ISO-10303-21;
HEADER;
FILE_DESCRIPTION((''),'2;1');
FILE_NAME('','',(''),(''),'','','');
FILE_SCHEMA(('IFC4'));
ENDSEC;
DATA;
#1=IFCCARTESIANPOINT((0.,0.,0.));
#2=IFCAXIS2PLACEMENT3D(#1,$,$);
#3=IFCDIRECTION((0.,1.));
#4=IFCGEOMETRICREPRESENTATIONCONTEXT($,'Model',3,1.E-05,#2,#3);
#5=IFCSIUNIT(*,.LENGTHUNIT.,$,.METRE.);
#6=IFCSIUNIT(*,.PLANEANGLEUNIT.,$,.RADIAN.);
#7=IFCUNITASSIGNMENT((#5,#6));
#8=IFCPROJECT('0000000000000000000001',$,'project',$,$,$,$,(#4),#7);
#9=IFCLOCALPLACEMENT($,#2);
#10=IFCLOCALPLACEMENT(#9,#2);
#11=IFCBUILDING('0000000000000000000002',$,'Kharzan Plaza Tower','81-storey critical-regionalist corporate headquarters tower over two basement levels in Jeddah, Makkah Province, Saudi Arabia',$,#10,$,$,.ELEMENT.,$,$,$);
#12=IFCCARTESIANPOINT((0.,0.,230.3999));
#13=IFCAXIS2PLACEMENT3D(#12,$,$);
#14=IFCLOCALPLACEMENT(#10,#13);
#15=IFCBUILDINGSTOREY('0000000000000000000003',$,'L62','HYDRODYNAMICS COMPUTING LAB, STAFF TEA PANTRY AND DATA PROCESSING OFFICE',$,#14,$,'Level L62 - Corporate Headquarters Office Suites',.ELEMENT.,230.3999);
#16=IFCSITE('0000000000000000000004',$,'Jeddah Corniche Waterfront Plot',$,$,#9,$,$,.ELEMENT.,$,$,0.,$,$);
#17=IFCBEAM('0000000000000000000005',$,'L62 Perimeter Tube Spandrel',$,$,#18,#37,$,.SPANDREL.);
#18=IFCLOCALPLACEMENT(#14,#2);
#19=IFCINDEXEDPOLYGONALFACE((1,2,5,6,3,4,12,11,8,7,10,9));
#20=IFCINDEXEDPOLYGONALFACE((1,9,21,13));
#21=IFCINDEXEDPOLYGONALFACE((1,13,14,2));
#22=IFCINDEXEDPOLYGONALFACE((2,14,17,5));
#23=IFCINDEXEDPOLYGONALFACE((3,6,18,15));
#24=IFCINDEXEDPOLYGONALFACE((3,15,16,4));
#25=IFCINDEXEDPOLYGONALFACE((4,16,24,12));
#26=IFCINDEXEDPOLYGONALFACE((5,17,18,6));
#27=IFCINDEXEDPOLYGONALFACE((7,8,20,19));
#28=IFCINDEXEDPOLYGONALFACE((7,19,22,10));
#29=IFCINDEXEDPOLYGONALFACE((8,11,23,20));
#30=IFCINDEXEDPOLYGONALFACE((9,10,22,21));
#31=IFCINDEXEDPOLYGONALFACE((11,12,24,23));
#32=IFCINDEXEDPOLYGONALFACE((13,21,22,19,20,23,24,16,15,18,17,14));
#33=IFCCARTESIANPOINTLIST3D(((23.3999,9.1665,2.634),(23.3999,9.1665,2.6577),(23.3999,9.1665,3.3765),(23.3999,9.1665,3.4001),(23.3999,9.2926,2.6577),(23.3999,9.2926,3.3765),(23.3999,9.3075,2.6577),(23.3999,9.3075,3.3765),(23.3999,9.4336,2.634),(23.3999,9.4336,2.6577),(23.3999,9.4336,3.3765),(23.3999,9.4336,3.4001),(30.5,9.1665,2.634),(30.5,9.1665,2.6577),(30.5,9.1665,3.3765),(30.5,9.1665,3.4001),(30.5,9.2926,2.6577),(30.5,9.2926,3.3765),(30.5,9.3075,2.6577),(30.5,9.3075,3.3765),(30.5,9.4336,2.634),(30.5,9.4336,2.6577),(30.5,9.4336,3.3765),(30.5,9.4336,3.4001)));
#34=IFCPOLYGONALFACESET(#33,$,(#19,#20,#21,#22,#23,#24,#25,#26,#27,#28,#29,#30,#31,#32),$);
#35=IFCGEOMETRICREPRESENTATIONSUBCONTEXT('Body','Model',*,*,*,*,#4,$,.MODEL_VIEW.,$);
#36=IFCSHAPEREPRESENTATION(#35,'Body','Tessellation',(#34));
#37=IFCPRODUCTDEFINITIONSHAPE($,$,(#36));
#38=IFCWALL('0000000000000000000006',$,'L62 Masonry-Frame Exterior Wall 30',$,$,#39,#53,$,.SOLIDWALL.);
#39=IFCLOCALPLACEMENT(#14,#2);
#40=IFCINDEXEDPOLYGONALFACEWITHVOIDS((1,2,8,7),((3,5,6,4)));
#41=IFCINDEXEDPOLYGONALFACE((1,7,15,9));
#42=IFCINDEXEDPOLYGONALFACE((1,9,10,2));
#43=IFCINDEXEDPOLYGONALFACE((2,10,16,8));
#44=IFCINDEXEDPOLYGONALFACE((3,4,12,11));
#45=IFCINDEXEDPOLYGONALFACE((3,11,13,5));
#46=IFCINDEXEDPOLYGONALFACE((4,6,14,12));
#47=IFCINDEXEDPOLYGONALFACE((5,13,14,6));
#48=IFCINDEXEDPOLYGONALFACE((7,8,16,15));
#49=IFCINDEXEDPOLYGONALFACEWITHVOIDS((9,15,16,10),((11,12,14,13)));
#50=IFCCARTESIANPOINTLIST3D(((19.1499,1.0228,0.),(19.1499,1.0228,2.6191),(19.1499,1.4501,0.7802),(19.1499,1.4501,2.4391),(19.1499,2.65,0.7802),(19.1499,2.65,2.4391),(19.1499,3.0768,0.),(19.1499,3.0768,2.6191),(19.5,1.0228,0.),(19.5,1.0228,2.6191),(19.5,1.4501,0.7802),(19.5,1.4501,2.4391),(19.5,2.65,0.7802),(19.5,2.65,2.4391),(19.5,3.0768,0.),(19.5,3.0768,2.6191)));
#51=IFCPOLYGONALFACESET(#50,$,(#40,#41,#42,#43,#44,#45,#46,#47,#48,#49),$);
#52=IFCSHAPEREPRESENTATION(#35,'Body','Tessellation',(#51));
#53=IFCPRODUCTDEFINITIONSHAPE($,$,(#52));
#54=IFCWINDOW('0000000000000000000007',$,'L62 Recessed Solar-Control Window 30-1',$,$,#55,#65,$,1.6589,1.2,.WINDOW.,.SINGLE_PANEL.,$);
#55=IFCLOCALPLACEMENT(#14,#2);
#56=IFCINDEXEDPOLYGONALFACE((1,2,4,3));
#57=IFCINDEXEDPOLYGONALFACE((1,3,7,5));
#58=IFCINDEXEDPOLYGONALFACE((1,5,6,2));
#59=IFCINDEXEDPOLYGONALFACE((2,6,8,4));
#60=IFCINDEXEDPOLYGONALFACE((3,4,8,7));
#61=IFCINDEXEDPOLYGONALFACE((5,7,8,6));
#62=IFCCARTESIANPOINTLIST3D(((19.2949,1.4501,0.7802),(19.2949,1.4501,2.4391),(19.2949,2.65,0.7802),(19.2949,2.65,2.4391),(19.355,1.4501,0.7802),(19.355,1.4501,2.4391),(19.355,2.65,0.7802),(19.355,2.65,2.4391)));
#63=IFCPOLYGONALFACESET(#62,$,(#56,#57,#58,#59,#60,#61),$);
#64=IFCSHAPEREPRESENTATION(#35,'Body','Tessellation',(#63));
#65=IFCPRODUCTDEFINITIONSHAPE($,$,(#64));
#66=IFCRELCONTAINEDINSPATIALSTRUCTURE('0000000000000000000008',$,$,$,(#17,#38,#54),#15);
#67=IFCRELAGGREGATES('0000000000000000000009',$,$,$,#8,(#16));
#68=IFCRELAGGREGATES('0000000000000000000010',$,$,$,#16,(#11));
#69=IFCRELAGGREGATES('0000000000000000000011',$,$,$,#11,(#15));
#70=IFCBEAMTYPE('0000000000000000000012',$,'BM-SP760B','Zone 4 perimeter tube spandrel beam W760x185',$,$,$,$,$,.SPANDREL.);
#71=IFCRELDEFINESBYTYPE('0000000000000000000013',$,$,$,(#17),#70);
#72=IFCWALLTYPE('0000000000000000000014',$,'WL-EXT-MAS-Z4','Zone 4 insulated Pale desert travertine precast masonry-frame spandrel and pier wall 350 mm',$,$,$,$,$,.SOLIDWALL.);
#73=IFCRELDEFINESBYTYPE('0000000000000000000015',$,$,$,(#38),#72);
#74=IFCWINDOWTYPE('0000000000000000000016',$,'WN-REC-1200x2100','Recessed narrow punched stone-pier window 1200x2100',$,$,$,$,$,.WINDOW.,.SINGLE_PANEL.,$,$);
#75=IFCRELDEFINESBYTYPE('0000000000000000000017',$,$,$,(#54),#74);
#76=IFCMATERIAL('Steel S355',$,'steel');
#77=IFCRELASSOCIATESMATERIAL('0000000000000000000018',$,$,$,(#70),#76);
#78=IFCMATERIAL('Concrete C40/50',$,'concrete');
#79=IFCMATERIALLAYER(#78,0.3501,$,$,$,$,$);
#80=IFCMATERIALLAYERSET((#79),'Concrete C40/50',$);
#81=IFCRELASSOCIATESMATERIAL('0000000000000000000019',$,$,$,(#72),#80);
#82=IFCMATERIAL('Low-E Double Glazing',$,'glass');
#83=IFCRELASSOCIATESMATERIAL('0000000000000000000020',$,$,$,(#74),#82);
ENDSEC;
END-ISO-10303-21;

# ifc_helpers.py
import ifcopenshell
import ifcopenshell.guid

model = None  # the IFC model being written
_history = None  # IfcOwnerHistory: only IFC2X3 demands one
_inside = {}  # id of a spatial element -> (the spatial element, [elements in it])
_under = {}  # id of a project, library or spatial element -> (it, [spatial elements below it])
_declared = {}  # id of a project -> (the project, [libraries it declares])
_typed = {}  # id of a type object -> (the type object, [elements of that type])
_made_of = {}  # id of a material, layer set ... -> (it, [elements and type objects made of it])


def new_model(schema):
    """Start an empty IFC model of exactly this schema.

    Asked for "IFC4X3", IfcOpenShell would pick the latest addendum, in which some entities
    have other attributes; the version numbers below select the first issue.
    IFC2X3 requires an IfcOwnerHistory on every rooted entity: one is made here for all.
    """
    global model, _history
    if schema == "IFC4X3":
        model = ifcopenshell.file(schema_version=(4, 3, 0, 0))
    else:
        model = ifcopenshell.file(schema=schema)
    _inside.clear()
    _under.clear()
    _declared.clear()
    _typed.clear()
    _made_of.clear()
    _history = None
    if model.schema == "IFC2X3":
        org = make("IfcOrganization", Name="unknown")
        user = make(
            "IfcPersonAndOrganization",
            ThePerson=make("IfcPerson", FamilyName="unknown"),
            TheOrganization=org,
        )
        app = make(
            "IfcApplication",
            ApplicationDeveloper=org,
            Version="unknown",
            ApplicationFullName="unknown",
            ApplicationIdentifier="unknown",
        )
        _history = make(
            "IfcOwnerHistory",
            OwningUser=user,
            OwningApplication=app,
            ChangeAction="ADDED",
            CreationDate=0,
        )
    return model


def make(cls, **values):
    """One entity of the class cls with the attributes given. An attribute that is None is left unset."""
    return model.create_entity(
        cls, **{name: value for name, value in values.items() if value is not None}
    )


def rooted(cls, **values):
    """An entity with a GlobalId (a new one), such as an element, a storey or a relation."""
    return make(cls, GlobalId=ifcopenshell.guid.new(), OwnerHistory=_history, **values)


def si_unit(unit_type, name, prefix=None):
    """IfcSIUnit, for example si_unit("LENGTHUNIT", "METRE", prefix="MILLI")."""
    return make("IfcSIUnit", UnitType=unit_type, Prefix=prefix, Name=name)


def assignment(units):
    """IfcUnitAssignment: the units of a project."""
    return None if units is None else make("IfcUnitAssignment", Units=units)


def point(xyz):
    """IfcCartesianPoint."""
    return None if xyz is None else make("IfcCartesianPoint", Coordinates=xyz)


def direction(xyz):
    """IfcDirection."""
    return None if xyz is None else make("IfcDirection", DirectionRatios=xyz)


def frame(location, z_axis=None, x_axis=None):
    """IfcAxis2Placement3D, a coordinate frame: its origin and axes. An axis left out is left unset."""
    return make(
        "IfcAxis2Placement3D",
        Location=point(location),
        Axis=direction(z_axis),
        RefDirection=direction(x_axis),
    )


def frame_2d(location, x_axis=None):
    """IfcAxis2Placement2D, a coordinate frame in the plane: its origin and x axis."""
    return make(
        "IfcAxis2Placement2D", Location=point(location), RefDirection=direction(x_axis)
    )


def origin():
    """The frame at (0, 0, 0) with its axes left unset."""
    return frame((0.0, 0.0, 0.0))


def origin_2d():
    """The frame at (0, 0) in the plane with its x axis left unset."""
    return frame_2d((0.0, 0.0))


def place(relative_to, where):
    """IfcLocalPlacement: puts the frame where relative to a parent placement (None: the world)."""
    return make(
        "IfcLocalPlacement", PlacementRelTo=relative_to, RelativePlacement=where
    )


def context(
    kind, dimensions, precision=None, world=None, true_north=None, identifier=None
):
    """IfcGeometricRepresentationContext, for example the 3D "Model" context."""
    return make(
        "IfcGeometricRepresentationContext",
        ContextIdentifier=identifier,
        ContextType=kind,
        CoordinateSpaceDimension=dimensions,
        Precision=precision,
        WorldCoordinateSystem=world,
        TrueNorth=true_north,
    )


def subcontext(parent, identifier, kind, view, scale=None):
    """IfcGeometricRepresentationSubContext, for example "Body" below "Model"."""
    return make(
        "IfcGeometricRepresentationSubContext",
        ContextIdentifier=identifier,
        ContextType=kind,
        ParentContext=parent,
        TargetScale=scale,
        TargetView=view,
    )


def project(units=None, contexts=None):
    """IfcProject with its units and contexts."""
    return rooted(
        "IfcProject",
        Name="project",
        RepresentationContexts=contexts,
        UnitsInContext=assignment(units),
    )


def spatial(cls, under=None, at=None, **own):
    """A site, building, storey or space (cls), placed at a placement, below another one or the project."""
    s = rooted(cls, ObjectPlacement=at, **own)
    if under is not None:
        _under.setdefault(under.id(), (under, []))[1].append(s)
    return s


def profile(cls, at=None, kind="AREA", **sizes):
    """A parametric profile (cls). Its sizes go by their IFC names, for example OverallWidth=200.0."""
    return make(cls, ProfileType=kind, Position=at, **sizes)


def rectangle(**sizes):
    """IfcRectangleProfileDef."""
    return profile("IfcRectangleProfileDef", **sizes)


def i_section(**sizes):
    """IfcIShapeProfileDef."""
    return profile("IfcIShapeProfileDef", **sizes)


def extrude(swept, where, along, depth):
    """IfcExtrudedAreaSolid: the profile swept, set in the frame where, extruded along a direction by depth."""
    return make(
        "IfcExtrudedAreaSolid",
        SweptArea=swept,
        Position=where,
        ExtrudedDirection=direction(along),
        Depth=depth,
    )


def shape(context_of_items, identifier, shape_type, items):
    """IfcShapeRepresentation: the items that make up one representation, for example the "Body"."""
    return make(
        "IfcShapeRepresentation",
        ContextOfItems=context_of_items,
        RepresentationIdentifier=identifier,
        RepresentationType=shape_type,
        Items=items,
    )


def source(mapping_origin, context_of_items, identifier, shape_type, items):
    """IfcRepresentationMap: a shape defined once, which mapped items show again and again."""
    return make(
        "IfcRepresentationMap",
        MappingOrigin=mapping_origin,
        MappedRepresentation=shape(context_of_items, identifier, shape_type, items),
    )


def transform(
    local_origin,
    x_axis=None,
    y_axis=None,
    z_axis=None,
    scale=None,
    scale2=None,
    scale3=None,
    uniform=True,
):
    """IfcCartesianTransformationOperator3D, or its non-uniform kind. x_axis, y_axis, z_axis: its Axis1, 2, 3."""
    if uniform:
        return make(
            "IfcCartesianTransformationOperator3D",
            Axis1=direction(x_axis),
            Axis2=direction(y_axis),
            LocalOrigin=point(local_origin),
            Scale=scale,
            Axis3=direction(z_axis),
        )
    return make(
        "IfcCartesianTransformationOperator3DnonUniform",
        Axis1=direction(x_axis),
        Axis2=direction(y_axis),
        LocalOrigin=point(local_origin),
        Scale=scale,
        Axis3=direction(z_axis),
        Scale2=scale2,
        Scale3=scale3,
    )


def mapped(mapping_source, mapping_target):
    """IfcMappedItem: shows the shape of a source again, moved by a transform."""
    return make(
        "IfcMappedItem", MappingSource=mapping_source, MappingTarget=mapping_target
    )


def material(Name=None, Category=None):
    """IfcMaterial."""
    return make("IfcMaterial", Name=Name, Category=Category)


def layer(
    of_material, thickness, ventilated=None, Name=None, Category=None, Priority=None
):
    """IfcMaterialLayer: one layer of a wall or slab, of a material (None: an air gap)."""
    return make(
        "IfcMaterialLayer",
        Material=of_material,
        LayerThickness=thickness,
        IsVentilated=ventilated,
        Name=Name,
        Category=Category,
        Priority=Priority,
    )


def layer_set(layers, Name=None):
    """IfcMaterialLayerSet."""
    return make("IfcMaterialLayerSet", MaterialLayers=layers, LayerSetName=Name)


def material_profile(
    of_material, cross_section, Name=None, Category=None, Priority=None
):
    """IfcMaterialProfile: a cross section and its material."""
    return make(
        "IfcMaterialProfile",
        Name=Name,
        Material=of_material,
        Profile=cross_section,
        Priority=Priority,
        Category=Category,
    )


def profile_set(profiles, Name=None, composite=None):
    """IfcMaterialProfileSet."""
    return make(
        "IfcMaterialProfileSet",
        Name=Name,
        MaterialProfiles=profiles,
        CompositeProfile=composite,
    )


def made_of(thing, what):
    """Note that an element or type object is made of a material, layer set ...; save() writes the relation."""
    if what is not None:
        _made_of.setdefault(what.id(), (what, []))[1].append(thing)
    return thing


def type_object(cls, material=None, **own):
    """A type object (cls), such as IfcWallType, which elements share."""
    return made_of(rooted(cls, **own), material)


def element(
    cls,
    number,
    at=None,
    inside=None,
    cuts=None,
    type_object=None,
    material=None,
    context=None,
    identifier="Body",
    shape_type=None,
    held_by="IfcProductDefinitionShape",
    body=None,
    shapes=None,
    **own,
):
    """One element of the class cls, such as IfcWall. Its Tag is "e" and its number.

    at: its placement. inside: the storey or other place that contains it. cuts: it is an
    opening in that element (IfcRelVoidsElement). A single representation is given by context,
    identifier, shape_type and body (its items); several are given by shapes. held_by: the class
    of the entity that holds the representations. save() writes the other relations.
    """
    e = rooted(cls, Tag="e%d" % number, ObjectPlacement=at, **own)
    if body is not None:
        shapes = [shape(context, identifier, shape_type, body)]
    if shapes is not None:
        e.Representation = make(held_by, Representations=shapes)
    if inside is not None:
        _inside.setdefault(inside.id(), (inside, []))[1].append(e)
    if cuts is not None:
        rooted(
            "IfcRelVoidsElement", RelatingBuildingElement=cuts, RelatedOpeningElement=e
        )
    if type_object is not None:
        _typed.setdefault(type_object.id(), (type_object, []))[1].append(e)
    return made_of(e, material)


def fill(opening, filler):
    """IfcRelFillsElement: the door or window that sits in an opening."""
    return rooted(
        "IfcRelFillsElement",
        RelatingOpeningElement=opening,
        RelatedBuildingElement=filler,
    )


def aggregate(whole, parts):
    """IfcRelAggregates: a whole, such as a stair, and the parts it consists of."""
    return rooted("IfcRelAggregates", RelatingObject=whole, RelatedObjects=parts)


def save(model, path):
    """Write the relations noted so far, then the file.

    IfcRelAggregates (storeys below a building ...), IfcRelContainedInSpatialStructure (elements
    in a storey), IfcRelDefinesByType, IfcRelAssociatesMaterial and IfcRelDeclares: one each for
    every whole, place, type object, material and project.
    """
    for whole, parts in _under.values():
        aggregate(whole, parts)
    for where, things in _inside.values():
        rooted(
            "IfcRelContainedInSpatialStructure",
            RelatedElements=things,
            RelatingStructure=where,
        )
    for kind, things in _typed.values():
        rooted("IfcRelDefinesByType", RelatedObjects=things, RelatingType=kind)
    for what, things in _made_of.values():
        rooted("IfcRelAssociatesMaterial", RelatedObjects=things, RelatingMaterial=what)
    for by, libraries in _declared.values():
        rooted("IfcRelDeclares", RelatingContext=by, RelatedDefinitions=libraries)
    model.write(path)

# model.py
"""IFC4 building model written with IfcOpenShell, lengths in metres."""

from ifc_helpers import new_model, si_unit, direction, frame, frame_2d, origin, origin_2d, place, context, subcontext, project, spatial, rectangle, i_section, extrude, source, transform, mapped, material, layer, layer_set, material_profile, profile_set, type_object, element, fill, save


model = new_model("IFC4")

# Units and contexts
model_context = context("Model", 3, precision=1e-05, world=origin(), true_north=direction((0.0, 1.0)))
body_context = subcontext(model_context, "Body", "Model", "MODEL_VIEW")
ifc_project = project(units=[si_unit("LENGTHUNIT", "METRE"), si_unit("PLANEANGLEUNIT", "RADIAN")], contexts=[model_context])

# Site, building, storey
site_placement = place(None, origin())
site = spatial("IfcSite", under=ifc_project, at=site_placement, Name="Jeddah Corniche Waterfront Plot", CompositionType="ELEMENT", RefElevation=0.0)
building_placement = place(site_placement, origin())
building = spatial("IfcBuilding", under=site, at=building_placement, Name="Kharzan Plaza Tower", Description="81-storey critical-regionalist corporate headquarters tower over two basement levels in Jeddah, Makkah Province, Saudi Arabia", CompositionType="ELEMENT")
storey_placement = place(building_placement, frame((0.0, 0.0, 230.3999)))
storey = spatial("IfcBuildingStorey", under=building, at=storey_placement, Name="L62", Description="HYDRODYNAMICS COMPUTING LAB, STAFF TEA PANTRY AND DATA PROCESSING OFFICE", LongName="Level L62 - Corporate Headquarters Office Suites", CompositionType="ELEMENT", Elevation=230.3999)

# Beam
ifc_material_1 = material(Name="Steel S355", Category="steel")
ifc_material_profile_1 = material_profile(ifc_material_1, i_section(OverallWidth=0.2671, OverallDepth=0.7661, WebThickness=0.0149, FlangeThickness=0.0237, at=origin_2d()), Name="W760x185")
ifc_profile_set_1 = profile_set([ifc_material_profile_1], Name="Steel S355")
beam_type_1 = type_object("IfcBeamType", Name="BM-SP760B", Description="Zone 4 perimeter tube spandrel beam W760x185", PredefinedType="SPANDREL", material=ifc_profile_set_1)
shared_shape_1 = source(origin(), body_context, "Body", "SweptSolid", [
    extrude(i_section(OverallWidth=0.2671, OverallDepth=0.7661, WebThickness=0.0149, FlangeThickness=0.0237, at=origin_2d()), origin(), (0.0, 0.0, 1.0), 7.1001),
])
beam_1_placement = place(storey_placement, frame((23.3999, 9.3, 3.0171), z_axis=(1.0, 0.0, 0.0), x_axis=(0.0, 1.0, 0.0)))
element("IfcBeam", 1, at=beam_1_placement, inside=storey, type_object=beam_type_1, Name="L62 Perimeter Tube Spandrel", PredefinedType="SPANDREL", context=body_context, shape_type="MappedRepresentation", body=[
    mapped(shared_shape_1, transform((0.0, 0.0, 0.0), x_axis=(1.0, 0.0, 0.0), y_axis=(0.0, 1.0, 0.0), z_axis=(0.0, 0.0, 1.0))),
])

# Wall, opening, window
ifc_material_2 = material(Name="Concrete C40/50", Category="concrete")
ifc_layer_1 = layer(ifc_material_2, 0.3501)
ifc_layer_set_1 = layer_set([ifc_layer_1], Name="Concrete C40/50")
wall_type_1 = type_object("IfcWallType", Name="WL-EXT-MAS-Z4", Description="Zone 4 insulated Pale desert travertine precast masonry-frame spandrel and pier wall 350 mm", PredefinedType="SOLIDWALL", material=ifc_layer_set_1)
wall_1_placement = place(storey_placement, frame((19.325, 1.0229, 0.0), z_axis=(0.0, 0.0, 1.0), x_axis=(0.0, 1.0, 0.0)))
wall_1 = element("IfcWall", 2, at=wall_1_placement, inside=storey, type_object=wall_type_1, Name="L62 Masonry-Frame Exterior Wall 30", PredefinedType="SOLIDWALL", context=body_context, shape_type="SweptSolid", body=[
    extrude(rectangle(XDim=2.054, YDim=0.3501, at=frame_2d((1.0269, 0.0))), origin(), (0.0, 0.0, 1.0), 2.6191),
])
opening_1_placement = place(wall_1_placement, frame((0.427, 0.0, 0.78)))
opening_1 = element("IfcOpeningElement", 3, at=opening_1_placement, cuts=wall_1, PredefinedType="OPENING", context=body_context, shape_type="SweptSolid", body=[
    extrude(rectangle(XDim=1.2, YDim=1.6589, at=frame_2d((0.6001, 0.8296))), frame((0.0, 0.1851, 0.0), z_axis=(0.0, -1.0, 0.0), x_axis=(1.0, 0.0, 0.0)), (0.0, 0.0, 1.0), 0.3701),
])
ifc_material_3 = material(Name="Low-E Double Glazing", Category="glass")
window_type_1 = type_object("IfcWindowType", Name="WN-REC-1200x2100", Description="Recessed narrow punched stone-pier window 1200x2100", PartitioningType="SINGLE_PANEL", PredefinedType="WINDOW", material=ifc_material_3)
shared_shape_2 = source(origin(), body_context, "Body", "SweptSolid", [
    extrude(rectangle(XDim=1.2, YDim=1.6589, at=frame_2d((0.6001, 0.8296))), frame((0.0, 0.03, 0.0), z_axis=(0.0, -1.0, 0.0), x_axis=(1.0, 0.0, 0.0)), (0.0, 0.0, 1.0), 0.0601),
])
window_1_placement = place(opening_1_placement, origin())
window_1 = element("IfcWindow", 4, at=window_1_placement, inside=storey, type_object=window_type_1, Name="L62 Recessed Solar-Control Window 30-1", OverallHeight=1.6589, OverallWidth=1.2, PartitioningType="SINGLE_PANEL", PredefinedType="WINDOW", context=body_context, shape_type="MappedRepresentation", body=[
    mapped(shared_shape_2, transform((0.0, 0.0, 0.0), x_axis=(1.0, 0.0, 0.0), y_axis=(0.0, 1.0, 0.0), z_axis=(0.0, 0.0, 1.0))),
])
fill(opening_1, window_1)

save(model, "model.ifc")
